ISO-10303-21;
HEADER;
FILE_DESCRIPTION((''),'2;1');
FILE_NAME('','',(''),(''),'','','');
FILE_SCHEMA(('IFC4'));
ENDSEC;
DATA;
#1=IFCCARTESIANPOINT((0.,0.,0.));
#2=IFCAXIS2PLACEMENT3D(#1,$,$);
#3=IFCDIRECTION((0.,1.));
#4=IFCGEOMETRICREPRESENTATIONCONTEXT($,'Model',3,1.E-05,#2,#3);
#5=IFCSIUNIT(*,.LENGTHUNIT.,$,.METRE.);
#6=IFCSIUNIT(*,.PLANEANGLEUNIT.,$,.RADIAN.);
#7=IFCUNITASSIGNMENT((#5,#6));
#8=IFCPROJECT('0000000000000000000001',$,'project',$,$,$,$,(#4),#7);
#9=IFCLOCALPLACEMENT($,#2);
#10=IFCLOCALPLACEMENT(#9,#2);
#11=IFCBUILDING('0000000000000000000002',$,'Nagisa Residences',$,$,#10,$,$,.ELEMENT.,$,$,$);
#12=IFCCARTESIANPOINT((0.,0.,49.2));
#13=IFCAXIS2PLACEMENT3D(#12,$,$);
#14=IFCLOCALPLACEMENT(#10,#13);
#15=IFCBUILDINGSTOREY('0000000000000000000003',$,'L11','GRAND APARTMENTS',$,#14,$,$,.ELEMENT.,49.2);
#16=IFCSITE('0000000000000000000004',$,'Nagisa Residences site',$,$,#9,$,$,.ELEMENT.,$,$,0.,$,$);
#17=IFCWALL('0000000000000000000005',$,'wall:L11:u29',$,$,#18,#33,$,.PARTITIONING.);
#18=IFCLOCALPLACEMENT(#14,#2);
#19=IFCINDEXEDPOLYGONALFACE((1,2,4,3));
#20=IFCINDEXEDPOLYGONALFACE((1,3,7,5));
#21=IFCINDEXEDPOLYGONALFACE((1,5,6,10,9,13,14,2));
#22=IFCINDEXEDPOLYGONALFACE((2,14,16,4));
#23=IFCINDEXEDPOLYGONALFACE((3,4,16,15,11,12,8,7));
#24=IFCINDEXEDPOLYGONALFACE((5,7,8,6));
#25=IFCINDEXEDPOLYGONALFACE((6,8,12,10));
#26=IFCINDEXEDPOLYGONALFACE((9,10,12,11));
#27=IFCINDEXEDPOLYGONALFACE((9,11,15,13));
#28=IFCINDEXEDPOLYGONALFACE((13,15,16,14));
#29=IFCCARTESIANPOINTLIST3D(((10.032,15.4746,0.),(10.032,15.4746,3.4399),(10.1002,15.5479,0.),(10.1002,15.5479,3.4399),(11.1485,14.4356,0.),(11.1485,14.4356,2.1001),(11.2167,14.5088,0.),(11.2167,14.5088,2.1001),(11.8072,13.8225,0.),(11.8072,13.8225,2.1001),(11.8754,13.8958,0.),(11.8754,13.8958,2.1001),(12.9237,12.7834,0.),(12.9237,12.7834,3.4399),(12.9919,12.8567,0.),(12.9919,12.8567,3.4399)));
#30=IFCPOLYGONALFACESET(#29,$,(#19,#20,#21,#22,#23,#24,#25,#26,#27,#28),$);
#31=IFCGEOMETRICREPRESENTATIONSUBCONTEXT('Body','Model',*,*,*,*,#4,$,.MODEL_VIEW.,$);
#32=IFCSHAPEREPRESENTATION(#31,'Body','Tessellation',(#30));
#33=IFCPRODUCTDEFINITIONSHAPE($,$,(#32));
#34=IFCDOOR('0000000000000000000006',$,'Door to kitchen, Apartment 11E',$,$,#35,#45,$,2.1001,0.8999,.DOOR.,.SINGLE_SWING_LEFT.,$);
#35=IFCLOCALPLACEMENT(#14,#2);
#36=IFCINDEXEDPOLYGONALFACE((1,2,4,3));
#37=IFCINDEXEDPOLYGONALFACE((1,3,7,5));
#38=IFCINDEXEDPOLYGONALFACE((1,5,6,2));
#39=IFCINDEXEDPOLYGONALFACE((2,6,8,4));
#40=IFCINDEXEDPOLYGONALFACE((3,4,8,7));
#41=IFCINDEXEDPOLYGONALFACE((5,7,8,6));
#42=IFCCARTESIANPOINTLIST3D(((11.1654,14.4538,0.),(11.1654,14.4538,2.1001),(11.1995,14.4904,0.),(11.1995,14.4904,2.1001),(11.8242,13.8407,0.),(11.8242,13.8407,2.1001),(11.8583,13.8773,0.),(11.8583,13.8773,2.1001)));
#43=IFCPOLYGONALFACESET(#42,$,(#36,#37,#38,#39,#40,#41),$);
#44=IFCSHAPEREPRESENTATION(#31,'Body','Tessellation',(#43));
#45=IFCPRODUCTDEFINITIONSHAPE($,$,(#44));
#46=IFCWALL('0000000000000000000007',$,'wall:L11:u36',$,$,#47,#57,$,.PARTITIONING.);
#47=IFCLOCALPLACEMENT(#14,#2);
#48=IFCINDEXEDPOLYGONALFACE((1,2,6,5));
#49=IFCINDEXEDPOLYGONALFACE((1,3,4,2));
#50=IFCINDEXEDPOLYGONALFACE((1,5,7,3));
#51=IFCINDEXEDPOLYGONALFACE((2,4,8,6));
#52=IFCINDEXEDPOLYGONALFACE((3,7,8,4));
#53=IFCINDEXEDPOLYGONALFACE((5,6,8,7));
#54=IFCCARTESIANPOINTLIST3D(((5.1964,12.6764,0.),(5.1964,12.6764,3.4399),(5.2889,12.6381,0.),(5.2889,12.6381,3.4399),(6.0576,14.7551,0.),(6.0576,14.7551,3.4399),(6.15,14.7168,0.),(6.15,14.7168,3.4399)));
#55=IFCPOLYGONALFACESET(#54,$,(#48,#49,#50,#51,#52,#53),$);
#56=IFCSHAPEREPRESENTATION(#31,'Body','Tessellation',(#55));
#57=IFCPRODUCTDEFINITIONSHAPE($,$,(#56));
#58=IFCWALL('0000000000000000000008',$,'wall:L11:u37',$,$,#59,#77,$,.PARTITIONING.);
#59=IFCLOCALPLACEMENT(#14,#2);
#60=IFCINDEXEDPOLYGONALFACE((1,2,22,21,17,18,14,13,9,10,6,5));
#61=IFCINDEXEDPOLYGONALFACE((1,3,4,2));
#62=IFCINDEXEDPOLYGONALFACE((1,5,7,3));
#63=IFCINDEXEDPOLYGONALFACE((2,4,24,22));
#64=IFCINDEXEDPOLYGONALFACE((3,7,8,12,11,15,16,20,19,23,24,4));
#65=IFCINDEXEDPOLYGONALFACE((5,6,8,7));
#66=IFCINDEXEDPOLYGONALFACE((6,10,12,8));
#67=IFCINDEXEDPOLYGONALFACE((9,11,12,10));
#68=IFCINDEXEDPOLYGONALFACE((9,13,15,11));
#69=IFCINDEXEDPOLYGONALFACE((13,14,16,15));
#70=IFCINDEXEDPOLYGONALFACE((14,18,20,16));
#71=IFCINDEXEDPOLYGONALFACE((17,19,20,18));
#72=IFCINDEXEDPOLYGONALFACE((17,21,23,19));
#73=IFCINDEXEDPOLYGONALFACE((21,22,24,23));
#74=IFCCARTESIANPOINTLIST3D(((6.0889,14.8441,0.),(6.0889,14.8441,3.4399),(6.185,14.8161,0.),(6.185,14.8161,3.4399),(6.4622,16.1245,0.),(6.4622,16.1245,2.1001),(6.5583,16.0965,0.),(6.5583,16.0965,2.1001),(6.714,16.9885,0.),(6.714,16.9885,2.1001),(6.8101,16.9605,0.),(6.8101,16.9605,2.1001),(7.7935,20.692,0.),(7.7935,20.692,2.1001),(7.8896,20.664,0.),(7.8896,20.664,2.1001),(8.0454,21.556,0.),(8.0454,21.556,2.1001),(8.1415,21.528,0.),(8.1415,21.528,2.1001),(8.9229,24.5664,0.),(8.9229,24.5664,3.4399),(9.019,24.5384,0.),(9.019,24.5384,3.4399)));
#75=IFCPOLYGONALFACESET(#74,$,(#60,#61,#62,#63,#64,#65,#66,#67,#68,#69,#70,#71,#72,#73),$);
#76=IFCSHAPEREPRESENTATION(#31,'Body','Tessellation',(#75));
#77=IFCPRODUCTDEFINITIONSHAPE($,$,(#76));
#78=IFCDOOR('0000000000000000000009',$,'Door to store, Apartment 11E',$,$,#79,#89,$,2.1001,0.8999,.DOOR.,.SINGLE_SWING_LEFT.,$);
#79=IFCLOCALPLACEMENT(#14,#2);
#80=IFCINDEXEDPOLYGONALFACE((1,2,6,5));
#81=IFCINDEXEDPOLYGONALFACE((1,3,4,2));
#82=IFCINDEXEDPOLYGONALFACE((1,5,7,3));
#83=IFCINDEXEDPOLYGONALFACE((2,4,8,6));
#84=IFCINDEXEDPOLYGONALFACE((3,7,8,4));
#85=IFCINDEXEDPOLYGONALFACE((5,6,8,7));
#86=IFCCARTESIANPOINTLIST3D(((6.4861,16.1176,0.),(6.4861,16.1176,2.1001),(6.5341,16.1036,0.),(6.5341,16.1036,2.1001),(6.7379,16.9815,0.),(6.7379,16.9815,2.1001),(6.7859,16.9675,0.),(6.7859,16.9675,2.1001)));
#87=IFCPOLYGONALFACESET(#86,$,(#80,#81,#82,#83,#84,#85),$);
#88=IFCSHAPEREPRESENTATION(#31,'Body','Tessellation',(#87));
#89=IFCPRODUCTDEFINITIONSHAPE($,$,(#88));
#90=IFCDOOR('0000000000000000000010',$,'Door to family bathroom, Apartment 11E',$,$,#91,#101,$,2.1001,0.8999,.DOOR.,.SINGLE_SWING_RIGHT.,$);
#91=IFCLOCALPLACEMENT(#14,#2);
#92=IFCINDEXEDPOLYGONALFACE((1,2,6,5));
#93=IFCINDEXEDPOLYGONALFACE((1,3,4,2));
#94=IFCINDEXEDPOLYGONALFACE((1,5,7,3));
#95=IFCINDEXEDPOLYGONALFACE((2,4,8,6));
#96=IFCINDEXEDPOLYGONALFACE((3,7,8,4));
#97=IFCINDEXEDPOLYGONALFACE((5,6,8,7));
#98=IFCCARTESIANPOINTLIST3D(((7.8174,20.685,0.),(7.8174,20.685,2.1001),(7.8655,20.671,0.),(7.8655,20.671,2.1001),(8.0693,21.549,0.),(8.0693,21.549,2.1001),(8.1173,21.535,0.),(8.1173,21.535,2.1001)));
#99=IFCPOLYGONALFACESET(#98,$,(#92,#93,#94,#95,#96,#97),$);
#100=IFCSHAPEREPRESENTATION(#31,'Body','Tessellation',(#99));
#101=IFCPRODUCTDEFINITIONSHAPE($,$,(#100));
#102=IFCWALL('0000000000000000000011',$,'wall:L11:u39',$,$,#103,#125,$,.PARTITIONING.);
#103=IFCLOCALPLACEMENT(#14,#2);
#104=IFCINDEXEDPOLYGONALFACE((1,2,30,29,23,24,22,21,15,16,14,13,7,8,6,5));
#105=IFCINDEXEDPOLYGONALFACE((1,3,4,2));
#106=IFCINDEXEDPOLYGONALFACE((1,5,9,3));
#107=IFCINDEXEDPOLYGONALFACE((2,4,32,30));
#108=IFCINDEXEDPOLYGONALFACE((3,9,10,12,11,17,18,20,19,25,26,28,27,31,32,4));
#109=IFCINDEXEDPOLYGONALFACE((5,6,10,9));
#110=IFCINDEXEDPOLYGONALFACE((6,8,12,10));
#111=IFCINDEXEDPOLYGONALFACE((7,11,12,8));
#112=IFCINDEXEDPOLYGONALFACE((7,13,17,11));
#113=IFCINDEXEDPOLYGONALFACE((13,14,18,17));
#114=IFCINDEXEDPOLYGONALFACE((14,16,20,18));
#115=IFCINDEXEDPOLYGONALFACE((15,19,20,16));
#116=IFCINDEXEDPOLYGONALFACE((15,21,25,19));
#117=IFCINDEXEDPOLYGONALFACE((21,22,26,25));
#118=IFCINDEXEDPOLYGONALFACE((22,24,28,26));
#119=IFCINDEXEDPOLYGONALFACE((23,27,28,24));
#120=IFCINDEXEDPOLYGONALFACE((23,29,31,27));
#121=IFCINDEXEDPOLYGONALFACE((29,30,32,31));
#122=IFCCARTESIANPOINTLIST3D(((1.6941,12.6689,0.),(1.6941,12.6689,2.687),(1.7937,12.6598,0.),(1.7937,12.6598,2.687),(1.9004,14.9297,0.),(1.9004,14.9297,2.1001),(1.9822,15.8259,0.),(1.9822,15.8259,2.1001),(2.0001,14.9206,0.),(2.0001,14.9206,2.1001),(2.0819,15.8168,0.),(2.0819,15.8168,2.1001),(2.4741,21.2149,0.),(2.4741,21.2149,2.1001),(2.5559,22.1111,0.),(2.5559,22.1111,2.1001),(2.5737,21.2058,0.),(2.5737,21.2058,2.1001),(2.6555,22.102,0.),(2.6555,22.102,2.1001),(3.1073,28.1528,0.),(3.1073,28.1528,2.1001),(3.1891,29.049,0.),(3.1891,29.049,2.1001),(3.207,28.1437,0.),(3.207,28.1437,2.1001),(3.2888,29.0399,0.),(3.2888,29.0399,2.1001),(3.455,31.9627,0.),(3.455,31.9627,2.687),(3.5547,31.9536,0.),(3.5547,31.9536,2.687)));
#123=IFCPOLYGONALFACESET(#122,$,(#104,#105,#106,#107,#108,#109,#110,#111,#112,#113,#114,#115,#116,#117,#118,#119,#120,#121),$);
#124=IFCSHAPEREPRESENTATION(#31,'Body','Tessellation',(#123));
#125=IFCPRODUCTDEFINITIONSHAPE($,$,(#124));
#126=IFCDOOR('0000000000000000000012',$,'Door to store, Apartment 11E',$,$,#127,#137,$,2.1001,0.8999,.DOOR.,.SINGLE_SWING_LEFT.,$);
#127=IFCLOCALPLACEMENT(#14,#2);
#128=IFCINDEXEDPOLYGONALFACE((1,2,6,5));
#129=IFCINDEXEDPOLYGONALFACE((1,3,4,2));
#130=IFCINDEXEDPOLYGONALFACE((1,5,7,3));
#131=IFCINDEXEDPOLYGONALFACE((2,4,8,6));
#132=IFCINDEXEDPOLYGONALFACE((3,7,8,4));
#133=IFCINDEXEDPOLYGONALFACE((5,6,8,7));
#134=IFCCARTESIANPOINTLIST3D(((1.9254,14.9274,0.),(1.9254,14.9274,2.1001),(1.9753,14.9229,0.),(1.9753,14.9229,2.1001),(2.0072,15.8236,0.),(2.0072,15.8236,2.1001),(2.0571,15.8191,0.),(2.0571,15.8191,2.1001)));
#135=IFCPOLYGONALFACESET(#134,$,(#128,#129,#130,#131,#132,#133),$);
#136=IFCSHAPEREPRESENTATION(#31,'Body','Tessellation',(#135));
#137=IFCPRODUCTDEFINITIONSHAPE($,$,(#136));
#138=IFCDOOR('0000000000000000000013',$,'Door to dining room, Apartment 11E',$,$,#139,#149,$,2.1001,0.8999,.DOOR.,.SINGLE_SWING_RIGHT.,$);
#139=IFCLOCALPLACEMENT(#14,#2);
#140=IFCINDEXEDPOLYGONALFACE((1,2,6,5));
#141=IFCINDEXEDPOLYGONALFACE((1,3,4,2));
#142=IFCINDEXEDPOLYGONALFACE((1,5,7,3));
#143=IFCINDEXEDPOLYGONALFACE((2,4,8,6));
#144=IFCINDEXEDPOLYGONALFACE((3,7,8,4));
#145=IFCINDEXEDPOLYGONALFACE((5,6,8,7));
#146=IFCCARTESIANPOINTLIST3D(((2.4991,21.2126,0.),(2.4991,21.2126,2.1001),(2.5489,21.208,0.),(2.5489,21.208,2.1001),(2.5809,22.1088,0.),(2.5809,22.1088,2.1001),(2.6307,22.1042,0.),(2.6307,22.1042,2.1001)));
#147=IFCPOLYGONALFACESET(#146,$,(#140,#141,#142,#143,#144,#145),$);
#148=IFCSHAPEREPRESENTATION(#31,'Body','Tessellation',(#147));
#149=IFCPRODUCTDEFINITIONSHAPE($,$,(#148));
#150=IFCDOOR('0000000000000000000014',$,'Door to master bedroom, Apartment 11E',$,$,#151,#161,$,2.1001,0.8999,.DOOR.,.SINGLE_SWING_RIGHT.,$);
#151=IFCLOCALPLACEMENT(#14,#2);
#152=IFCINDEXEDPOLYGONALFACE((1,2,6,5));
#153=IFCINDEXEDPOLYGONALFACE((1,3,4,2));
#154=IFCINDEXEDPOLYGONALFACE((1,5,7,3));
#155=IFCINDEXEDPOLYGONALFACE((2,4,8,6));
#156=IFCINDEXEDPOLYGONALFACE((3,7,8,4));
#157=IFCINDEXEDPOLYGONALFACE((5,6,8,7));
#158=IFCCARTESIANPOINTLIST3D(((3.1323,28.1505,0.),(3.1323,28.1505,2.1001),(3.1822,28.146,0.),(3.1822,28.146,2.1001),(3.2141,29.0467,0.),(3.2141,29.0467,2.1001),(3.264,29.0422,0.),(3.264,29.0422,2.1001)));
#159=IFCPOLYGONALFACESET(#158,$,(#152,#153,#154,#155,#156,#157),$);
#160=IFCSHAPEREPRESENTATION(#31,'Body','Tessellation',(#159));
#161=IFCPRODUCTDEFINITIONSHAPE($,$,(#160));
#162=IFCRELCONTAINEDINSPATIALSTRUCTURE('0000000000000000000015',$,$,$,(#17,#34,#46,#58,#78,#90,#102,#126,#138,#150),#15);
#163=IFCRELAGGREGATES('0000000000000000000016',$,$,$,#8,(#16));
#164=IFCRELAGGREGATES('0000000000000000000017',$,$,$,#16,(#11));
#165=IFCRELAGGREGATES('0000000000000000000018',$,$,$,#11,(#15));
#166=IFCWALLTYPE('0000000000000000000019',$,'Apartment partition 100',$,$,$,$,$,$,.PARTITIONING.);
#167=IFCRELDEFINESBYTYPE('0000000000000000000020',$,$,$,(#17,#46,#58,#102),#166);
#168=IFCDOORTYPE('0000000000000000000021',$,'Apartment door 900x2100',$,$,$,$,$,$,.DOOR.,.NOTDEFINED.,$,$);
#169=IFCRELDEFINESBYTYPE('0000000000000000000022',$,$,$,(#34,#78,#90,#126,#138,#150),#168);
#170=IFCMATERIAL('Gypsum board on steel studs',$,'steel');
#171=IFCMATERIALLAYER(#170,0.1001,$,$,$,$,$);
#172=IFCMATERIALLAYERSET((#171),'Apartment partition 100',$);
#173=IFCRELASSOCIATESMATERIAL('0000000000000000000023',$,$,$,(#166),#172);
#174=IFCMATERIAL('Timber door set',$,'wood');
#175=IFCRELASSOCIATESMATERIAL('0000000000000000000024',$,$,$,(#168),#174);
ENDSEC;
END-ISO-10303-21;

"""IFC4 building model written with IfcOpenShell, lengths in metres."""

from ifc_helpers import new_model, si_unit, direction, frame, frame_2d, origin, place, context, subcontext, project, spatial, rectangle, extrude, material, layer, layer_set, type_object, element, fill, save


model = new_model("IFC4")

# Units and contexts
model_context = context("Model", 3, precision=1e-05, world=origin(), true_north=direction((0.0, 1.0)))
body_context = subcontext(model_context, "Body", "Model", "MODEL_VIEW")
ifc_project = project(units=[si_unit("LENGTHUNIT", "METRE"), si_unit("PLANEANGLEUNIT", "RADIAN")], contexts=[model_context])

# Site, building, storey
site_placement = place(None, origin())
site = spatial("IfcSite", under=ifc_project, at=site_placement, Name="Nagisa Residences site", CompositionType="ELEMENT", RefElevation=0.0)
building_placement = place(site_placement, origin())
building = spatial("IfcBuilding", under=site, at=building_placement, Name="Nagisa Residences", CompositionType="ELEMENT")
storey_placement = place(building_placement, frame((0.0, 0.0, 49.2)))
storey = spatial("IfcBuildingStorey", under=building, at=storey_placement, Name="L11", Description="GRAND APARTMENTS", CompositionType="ELEMENT", Elevation=49.2)

# Shared definitions
ifc_material_1 = material(Name="Gypsum board on steel studs", Category="steel")
ifc_layer_1 = layer(ifc_material_1, 0.1001)
ifc_layer_set_1 = layer_set([ifc_layer_1], Name="Apartment partition 100")
wall_type_1 = type_object("IfcWallType", Name="Apartment partition 100", PredefinedType="PARTITIONING", material=ifc_layer_set_1)
ifc_material_2 = material(Name="Timber door set", Category="wood")
door_type_1 = type_object("IfcDoorType", Name="Apartment door 900x2100", OperationType="NOTDEFINED", PredefinedType="DOOR", material=ifc_material_2)

# Wall, opening, door
wall_1_placement = place(storey_placement, frame((12.9578, 12.8201, 0.0), z_axis=(0.0, 0.0, 1.0), x_axis=(-0.732023, 0.68128, 0.0)))
wall_1 = element("IfcWall", 1, at=wall_1_placement, inside=storey, type_object=wall_type_1, Name="wall:L11:u29", PredefinedType="PARTITIONING", context=body_context, shape_type="SweptSolid", body=[
    extrude(rectangle(XDim=3.9502, YDim=0.1001, at=frame_2d((1.9751, 0.0))), origin(), (0.0, 0.0, 1.0), 3.4399),
])
opening_1_placement = place(wall_1_placement, frame((1.5251, 0.0, 0.0)))
opening_1 = element("IfcOpeningElement", 2, at=opening_1_placement, cuts=wall_1, PredefinedType="OPENING", context=body_context, shape_type="SweptSolid", body=[
    extrude(rectangle(XDim=0.8999, YDim=2.1001, at=frame_2d((0.45, 1.05))), frame((0.0, 0.0601, 0.0), z_axis=(0.0, -1.0, 0.0), x_axis=(1.0, 0.0, 0.0)), (0.0, 0.0, 1.0), 0.1201),
])
door_1_placement = place(opening_1_placement, frame((0.8999, 0.0, 0.0), x_axis=(-1.0, 0.0, 0.0)))
door_1 = element("IfcDoor", 3, at=door_1_placement, inside=storey, type_object=door_type_1, Name="Door to kitchen, Apartment 11E", OperationType="SINGLE_SWING_LEFT", OverallHeight=2.1001, OverallWidth=0.8999, PredefinedType="DOOR", context=body_context, shape_type="SweptSolid", body=[
    extrude(rectangle(XDim=0.8999, YDim=2.1001, at=frame_2d((0.45, 1.05))), frame((0.0, 0.0249, 0.0), z_axis=(0.0, -1.0, 0.0), x_axis=(1.0, 0.0, 0.0)), (0.0, 0.0, 1.0), 0.05),
])
fill(opening_1, door_1)

# Wall
wall_2_placement = place(storey_placement, frame((5.2427, 12.6572, 0.0), z_axis=(0.0, 0.0, 1.0), x_axis=(0.382719, 0.923865, 0.0)))
element("IfcWall", 4, at=wall_2_placement, inside=storey, type_object=wall_type_1, Name="wall:L11:u36", PredefinedType="PARTITIONING", context=body_context, shape_type="SweptSolid", body=[
    extrude(rectangle(XDim=2.25, YDim=0.1001, at=frame_2d((1.125, 0.0))), origin(), (0.0, 0.0, 1.0), 3.4399),
])

# Walls, openings, doors
wall_3_placement = place(storey_placement, frame((6.137, 14.8301, 0.0), z_axis=(0.0, 0.0, 1.0), x_axis=(0.279844, 0.960046, 0.0)))
wall_3 = element("IfcWall", 5, at=wall_3_placement, inside=storey, type_object=wall_type_1, Name="wall:L11:u37", PredefinedType="PARTITIONING", context=body_context, shape_type="SweptSolid", body=[
    extrude(rectangle(XDim=10.127, YDim=0.1001, at=frame_2d((5.0635, 0.0))), origin(), (0.0, 0.0, 1.0), 3.4399),
])
opening_2_placement = place(wall_3_placement, frame((1.3337, 0.0, 0.0)))
opening_2 = element("IfcOpeningElement", 6, at=opening_2_placement, cuts=wall_3, PredefinedType="OPENING", context=body_context, shape_type="SweptSolid", body=[
    extrude(rectangle(XDim=0.8999, YDim=2.1001, at=frame_2d((0.45, 1.05))), frame((0.0, 0.0601, 0.0), z_axis=(0.0, -1.0, 0.0), x_axis=(1.0, 0.0, 0.0)), (0.0, 0.0, 1.0), 0.1201),
])
opening_3_placement = place(wall_3_placement, frame((6.0913, 0.0, 0.0)))
opening_3 = element("IfcOpeningElement", 7, at=opening_3_placement, cuts=wall_3, PredefinedType="OPENING", context=body_context, shape_type="SweptSolid", body=[
    extrude(rectangle(XDim=0.8999, YDim=2.1001, at=frame_2d((0.45, 1.05))), frame((0.0, 0.0601, 0.0), z_axis=(0.0, -1.0, 0.0), x_axis=(1.0, 0.0, 0.0)), (0.0, 0.0, 1.0), 0.1201),
])
door_2_placement = place(opening_2_placement, frame((0.8999, 0.0, 0.0), x_axis=(-1.0, 0.0, 0.0)))
door_2 = element("IfcDoor", 8, at=door_2_placement, inside=storey, type_object=door_type_1, Name="Door to store, Apartment 11E", OperationType="SINGLE_SWING_LEFT", OverallHeight=2.1001, OverallWidth=0.8999, PredefinedType="DOOR", context=body_context, shape_type="SweptSolid", body=[
    extrude(rectangle(XDim=0.8999, YDim=2.1001, at=frame_2d((0.45, 1.05))), frame((0.0, 0.0249, 0.0), z_axis=(0.0, -1.0, 0.0), x_axis=(1.0, 0.0, 0.0)), (0.0, 0.0, 1.0), 0.05),
])
fill(opening_2, door_2)
door_3_placement = place(opening_3_placement, frame((0.8999, 0.0, 0.0), x_axis=(-1.0, 0.0, 0.0)))
door_3 = element("IfcDoor", 9, at=door_3_placement, inside=storey, type_object=door_type_1, Name="Door to family bathroom, Apartment 11E", OperationType="SINGLE_SWING_RIGHT", OverallHeight=2.1001, OverallWidth=0.8999, PredefinedType="DOOR", context=body_context, shape_type="SweptSolid", body=[
    extrude(rectangle(XDim=0.8999, YDim=2.1001, at=frame_2d((0.45, 1.05))), frame((0.0, 0.0249, 0.0), z_axis=(0.0, -1.0, 0.0), x_axis=(1.0, 0.0, 0.0)), (0.0, 0.0, 1.0), 0.05),
])
fill(opening_3, door_3)
wall_4_placement = place(storey_placement, frame((1.7439, 12.6643, 0.0), z_axis=(0.0, 0.0, 1.0), x_axis=(0.090894, 0.995861, 0.0)))
wall_4 = element("IfcWall", 10, at=wall_4_placement, inside=storey, type_object=wall_type_1, Name="wall:L11:u39", PredefinedType="PARTITIONING", context=body_context, shape_type="SweptSolid", body=[
    extrude(rectangle(XDim=19.374, YDim=0.1001, at=frame_2d((9.687, 0.0))), origin(), (0.0, 0.0, 1.0), 2.687),
])
opening_4_placement = place(wall_4_placement, frame((2.2703, 0.0, 0.0)))
opening_4 = element("IfcOpeningElement", 11, at=opening_4_placement, cuts=wall_4, PredefinedType="OPENING", context=body_context, shape_type="SweptSolid", body=[
    extrude(rectangle(XDim=0.8999, YDim=2.1001, at=frame_2d((0.45, 1.05))), frame((0.0, 0.0601, 0.0), z_axis=(0.0, -1.0, 0.0), x_axis=(1.0, 0.0, 0.0)), (0.0, 0.0, 1.0), 0.1201),
])
opening_5_placement = place(wall_4_placement, frame((8.5815, 0.0, 0.0)))
opening_5 = element("IfcOpeningElement", 12, at=opening_5_placement, cuts=wall_4, PredefinedType="OPENING", context=body_context, shape_type="SweptSolid", body=[
    extrude(rectangle(XDim=0.8999, YDim=2.1001, at=frame_2d((0.45, 1.05))), frame((0.0, 0.0601, 0.0), z_axis=(0.0, -1.0, 0.0), x_axis=(1.0, 0.0, 0.0)), (0.0, 0.0, 1.0), 0.1201),
])
opening_6_placement = place(wall_4_placement, frame((15.5483, 0.0, 0.0)))
opening_6 = element("IfcOpeningElement", 13, at=opening_6_placement, cuts=wall_4, PredefinedType="OPENING", context=body_context, shape_type="SweptSolid", body=[
    extrude(rectangle(XDim=0.8999, YDim=2.1001, at=frame_2d((0.45, 1.05))), frame((0.0, 0.0601, 0.0), z_axis=(0.0, -1.0, 0.0), x_axis=(1.0, 0.0, 0.0)), (0.0, 0.0, 1.0), 0.1201),
])
door_4_placement = place(opening_4_placement, origin())
door_4 = element("IfcDoor", 14, at=door_4_placement, inside=storey, type_object=door_type_1, Name="Door to store, Apartment 11E", OperationType="SINGLE_SWING_LEFT", OverallHeight=2.1001, OverallWidth=0.8999, PredefinedType="DOOR", context=body_context, shape_type="SweptSolid", body=[
    extrude(rectangle(XDim=0.8999, YDim=2.1001, at=frame_2d((0.45, 1.05))), frame((0.0, 0.0249, 0.0), z_axis=(0.0, -1.0, 0.0), x_axis=(1.0, 0.0, 0.0)), (0.0, 0.0, 1.0), 0.05),
])
fill(opening_4, door_4)
door_5_placement = place(opening_5_placement, origin())
door_5 = element("IfcDoor", 15, at=door_5_placement, inside=storey, type_object=door_type_1, Name="Door to dining room, Apartment 11E", OperationType="SINGLE_SWING_RIGHT", OverallHeight=2.1001, OverallWidth=0.8999, PredefinedType="DOOR", context=body_context, shape_type="SweptSolid", body=[
    extrude(rectangle(XDim=0.8999, YDim=2.1001, at=frame_2d((0.45, 1.05))), frame((0.0, 0.0249, 0.0), z_axis=(0.0, -1.0, 0.0), x_axis=(1.0, 0.0, 0.0)), (0.0, 0.0, 1.0), 0.05),
])
fill(opening_5, door_5)
door_6_placement = place(opening_6_placement, origin())
door_6 = element("IfcDoor", 16, at=door_6_placement, inside=storey, type_object=door_type_1, Name="Door to master bedroom, Apartment 11E", OperationType="SINGLE_SWING_RIGHT", OverallHeight=2.1001, OverallWidth=0.8999, PredefinedType="DOOR", context=body_context, shape_type="SweptSolid", body=[
    extrude(rectangle(XDim=0.8999, YDim=2.1001, at=frame_2d((0.45, 1.05))), frame((0.0, 0.0249, 0.0), z_axis=(0.0, -1.0, 0.0), x_axis=(1.0, 0.0, 0.0)), (0.0, 0.0, 1.0), 0.05),
])
fill(opening_6, door_6)

save(model, "model.ifc")
